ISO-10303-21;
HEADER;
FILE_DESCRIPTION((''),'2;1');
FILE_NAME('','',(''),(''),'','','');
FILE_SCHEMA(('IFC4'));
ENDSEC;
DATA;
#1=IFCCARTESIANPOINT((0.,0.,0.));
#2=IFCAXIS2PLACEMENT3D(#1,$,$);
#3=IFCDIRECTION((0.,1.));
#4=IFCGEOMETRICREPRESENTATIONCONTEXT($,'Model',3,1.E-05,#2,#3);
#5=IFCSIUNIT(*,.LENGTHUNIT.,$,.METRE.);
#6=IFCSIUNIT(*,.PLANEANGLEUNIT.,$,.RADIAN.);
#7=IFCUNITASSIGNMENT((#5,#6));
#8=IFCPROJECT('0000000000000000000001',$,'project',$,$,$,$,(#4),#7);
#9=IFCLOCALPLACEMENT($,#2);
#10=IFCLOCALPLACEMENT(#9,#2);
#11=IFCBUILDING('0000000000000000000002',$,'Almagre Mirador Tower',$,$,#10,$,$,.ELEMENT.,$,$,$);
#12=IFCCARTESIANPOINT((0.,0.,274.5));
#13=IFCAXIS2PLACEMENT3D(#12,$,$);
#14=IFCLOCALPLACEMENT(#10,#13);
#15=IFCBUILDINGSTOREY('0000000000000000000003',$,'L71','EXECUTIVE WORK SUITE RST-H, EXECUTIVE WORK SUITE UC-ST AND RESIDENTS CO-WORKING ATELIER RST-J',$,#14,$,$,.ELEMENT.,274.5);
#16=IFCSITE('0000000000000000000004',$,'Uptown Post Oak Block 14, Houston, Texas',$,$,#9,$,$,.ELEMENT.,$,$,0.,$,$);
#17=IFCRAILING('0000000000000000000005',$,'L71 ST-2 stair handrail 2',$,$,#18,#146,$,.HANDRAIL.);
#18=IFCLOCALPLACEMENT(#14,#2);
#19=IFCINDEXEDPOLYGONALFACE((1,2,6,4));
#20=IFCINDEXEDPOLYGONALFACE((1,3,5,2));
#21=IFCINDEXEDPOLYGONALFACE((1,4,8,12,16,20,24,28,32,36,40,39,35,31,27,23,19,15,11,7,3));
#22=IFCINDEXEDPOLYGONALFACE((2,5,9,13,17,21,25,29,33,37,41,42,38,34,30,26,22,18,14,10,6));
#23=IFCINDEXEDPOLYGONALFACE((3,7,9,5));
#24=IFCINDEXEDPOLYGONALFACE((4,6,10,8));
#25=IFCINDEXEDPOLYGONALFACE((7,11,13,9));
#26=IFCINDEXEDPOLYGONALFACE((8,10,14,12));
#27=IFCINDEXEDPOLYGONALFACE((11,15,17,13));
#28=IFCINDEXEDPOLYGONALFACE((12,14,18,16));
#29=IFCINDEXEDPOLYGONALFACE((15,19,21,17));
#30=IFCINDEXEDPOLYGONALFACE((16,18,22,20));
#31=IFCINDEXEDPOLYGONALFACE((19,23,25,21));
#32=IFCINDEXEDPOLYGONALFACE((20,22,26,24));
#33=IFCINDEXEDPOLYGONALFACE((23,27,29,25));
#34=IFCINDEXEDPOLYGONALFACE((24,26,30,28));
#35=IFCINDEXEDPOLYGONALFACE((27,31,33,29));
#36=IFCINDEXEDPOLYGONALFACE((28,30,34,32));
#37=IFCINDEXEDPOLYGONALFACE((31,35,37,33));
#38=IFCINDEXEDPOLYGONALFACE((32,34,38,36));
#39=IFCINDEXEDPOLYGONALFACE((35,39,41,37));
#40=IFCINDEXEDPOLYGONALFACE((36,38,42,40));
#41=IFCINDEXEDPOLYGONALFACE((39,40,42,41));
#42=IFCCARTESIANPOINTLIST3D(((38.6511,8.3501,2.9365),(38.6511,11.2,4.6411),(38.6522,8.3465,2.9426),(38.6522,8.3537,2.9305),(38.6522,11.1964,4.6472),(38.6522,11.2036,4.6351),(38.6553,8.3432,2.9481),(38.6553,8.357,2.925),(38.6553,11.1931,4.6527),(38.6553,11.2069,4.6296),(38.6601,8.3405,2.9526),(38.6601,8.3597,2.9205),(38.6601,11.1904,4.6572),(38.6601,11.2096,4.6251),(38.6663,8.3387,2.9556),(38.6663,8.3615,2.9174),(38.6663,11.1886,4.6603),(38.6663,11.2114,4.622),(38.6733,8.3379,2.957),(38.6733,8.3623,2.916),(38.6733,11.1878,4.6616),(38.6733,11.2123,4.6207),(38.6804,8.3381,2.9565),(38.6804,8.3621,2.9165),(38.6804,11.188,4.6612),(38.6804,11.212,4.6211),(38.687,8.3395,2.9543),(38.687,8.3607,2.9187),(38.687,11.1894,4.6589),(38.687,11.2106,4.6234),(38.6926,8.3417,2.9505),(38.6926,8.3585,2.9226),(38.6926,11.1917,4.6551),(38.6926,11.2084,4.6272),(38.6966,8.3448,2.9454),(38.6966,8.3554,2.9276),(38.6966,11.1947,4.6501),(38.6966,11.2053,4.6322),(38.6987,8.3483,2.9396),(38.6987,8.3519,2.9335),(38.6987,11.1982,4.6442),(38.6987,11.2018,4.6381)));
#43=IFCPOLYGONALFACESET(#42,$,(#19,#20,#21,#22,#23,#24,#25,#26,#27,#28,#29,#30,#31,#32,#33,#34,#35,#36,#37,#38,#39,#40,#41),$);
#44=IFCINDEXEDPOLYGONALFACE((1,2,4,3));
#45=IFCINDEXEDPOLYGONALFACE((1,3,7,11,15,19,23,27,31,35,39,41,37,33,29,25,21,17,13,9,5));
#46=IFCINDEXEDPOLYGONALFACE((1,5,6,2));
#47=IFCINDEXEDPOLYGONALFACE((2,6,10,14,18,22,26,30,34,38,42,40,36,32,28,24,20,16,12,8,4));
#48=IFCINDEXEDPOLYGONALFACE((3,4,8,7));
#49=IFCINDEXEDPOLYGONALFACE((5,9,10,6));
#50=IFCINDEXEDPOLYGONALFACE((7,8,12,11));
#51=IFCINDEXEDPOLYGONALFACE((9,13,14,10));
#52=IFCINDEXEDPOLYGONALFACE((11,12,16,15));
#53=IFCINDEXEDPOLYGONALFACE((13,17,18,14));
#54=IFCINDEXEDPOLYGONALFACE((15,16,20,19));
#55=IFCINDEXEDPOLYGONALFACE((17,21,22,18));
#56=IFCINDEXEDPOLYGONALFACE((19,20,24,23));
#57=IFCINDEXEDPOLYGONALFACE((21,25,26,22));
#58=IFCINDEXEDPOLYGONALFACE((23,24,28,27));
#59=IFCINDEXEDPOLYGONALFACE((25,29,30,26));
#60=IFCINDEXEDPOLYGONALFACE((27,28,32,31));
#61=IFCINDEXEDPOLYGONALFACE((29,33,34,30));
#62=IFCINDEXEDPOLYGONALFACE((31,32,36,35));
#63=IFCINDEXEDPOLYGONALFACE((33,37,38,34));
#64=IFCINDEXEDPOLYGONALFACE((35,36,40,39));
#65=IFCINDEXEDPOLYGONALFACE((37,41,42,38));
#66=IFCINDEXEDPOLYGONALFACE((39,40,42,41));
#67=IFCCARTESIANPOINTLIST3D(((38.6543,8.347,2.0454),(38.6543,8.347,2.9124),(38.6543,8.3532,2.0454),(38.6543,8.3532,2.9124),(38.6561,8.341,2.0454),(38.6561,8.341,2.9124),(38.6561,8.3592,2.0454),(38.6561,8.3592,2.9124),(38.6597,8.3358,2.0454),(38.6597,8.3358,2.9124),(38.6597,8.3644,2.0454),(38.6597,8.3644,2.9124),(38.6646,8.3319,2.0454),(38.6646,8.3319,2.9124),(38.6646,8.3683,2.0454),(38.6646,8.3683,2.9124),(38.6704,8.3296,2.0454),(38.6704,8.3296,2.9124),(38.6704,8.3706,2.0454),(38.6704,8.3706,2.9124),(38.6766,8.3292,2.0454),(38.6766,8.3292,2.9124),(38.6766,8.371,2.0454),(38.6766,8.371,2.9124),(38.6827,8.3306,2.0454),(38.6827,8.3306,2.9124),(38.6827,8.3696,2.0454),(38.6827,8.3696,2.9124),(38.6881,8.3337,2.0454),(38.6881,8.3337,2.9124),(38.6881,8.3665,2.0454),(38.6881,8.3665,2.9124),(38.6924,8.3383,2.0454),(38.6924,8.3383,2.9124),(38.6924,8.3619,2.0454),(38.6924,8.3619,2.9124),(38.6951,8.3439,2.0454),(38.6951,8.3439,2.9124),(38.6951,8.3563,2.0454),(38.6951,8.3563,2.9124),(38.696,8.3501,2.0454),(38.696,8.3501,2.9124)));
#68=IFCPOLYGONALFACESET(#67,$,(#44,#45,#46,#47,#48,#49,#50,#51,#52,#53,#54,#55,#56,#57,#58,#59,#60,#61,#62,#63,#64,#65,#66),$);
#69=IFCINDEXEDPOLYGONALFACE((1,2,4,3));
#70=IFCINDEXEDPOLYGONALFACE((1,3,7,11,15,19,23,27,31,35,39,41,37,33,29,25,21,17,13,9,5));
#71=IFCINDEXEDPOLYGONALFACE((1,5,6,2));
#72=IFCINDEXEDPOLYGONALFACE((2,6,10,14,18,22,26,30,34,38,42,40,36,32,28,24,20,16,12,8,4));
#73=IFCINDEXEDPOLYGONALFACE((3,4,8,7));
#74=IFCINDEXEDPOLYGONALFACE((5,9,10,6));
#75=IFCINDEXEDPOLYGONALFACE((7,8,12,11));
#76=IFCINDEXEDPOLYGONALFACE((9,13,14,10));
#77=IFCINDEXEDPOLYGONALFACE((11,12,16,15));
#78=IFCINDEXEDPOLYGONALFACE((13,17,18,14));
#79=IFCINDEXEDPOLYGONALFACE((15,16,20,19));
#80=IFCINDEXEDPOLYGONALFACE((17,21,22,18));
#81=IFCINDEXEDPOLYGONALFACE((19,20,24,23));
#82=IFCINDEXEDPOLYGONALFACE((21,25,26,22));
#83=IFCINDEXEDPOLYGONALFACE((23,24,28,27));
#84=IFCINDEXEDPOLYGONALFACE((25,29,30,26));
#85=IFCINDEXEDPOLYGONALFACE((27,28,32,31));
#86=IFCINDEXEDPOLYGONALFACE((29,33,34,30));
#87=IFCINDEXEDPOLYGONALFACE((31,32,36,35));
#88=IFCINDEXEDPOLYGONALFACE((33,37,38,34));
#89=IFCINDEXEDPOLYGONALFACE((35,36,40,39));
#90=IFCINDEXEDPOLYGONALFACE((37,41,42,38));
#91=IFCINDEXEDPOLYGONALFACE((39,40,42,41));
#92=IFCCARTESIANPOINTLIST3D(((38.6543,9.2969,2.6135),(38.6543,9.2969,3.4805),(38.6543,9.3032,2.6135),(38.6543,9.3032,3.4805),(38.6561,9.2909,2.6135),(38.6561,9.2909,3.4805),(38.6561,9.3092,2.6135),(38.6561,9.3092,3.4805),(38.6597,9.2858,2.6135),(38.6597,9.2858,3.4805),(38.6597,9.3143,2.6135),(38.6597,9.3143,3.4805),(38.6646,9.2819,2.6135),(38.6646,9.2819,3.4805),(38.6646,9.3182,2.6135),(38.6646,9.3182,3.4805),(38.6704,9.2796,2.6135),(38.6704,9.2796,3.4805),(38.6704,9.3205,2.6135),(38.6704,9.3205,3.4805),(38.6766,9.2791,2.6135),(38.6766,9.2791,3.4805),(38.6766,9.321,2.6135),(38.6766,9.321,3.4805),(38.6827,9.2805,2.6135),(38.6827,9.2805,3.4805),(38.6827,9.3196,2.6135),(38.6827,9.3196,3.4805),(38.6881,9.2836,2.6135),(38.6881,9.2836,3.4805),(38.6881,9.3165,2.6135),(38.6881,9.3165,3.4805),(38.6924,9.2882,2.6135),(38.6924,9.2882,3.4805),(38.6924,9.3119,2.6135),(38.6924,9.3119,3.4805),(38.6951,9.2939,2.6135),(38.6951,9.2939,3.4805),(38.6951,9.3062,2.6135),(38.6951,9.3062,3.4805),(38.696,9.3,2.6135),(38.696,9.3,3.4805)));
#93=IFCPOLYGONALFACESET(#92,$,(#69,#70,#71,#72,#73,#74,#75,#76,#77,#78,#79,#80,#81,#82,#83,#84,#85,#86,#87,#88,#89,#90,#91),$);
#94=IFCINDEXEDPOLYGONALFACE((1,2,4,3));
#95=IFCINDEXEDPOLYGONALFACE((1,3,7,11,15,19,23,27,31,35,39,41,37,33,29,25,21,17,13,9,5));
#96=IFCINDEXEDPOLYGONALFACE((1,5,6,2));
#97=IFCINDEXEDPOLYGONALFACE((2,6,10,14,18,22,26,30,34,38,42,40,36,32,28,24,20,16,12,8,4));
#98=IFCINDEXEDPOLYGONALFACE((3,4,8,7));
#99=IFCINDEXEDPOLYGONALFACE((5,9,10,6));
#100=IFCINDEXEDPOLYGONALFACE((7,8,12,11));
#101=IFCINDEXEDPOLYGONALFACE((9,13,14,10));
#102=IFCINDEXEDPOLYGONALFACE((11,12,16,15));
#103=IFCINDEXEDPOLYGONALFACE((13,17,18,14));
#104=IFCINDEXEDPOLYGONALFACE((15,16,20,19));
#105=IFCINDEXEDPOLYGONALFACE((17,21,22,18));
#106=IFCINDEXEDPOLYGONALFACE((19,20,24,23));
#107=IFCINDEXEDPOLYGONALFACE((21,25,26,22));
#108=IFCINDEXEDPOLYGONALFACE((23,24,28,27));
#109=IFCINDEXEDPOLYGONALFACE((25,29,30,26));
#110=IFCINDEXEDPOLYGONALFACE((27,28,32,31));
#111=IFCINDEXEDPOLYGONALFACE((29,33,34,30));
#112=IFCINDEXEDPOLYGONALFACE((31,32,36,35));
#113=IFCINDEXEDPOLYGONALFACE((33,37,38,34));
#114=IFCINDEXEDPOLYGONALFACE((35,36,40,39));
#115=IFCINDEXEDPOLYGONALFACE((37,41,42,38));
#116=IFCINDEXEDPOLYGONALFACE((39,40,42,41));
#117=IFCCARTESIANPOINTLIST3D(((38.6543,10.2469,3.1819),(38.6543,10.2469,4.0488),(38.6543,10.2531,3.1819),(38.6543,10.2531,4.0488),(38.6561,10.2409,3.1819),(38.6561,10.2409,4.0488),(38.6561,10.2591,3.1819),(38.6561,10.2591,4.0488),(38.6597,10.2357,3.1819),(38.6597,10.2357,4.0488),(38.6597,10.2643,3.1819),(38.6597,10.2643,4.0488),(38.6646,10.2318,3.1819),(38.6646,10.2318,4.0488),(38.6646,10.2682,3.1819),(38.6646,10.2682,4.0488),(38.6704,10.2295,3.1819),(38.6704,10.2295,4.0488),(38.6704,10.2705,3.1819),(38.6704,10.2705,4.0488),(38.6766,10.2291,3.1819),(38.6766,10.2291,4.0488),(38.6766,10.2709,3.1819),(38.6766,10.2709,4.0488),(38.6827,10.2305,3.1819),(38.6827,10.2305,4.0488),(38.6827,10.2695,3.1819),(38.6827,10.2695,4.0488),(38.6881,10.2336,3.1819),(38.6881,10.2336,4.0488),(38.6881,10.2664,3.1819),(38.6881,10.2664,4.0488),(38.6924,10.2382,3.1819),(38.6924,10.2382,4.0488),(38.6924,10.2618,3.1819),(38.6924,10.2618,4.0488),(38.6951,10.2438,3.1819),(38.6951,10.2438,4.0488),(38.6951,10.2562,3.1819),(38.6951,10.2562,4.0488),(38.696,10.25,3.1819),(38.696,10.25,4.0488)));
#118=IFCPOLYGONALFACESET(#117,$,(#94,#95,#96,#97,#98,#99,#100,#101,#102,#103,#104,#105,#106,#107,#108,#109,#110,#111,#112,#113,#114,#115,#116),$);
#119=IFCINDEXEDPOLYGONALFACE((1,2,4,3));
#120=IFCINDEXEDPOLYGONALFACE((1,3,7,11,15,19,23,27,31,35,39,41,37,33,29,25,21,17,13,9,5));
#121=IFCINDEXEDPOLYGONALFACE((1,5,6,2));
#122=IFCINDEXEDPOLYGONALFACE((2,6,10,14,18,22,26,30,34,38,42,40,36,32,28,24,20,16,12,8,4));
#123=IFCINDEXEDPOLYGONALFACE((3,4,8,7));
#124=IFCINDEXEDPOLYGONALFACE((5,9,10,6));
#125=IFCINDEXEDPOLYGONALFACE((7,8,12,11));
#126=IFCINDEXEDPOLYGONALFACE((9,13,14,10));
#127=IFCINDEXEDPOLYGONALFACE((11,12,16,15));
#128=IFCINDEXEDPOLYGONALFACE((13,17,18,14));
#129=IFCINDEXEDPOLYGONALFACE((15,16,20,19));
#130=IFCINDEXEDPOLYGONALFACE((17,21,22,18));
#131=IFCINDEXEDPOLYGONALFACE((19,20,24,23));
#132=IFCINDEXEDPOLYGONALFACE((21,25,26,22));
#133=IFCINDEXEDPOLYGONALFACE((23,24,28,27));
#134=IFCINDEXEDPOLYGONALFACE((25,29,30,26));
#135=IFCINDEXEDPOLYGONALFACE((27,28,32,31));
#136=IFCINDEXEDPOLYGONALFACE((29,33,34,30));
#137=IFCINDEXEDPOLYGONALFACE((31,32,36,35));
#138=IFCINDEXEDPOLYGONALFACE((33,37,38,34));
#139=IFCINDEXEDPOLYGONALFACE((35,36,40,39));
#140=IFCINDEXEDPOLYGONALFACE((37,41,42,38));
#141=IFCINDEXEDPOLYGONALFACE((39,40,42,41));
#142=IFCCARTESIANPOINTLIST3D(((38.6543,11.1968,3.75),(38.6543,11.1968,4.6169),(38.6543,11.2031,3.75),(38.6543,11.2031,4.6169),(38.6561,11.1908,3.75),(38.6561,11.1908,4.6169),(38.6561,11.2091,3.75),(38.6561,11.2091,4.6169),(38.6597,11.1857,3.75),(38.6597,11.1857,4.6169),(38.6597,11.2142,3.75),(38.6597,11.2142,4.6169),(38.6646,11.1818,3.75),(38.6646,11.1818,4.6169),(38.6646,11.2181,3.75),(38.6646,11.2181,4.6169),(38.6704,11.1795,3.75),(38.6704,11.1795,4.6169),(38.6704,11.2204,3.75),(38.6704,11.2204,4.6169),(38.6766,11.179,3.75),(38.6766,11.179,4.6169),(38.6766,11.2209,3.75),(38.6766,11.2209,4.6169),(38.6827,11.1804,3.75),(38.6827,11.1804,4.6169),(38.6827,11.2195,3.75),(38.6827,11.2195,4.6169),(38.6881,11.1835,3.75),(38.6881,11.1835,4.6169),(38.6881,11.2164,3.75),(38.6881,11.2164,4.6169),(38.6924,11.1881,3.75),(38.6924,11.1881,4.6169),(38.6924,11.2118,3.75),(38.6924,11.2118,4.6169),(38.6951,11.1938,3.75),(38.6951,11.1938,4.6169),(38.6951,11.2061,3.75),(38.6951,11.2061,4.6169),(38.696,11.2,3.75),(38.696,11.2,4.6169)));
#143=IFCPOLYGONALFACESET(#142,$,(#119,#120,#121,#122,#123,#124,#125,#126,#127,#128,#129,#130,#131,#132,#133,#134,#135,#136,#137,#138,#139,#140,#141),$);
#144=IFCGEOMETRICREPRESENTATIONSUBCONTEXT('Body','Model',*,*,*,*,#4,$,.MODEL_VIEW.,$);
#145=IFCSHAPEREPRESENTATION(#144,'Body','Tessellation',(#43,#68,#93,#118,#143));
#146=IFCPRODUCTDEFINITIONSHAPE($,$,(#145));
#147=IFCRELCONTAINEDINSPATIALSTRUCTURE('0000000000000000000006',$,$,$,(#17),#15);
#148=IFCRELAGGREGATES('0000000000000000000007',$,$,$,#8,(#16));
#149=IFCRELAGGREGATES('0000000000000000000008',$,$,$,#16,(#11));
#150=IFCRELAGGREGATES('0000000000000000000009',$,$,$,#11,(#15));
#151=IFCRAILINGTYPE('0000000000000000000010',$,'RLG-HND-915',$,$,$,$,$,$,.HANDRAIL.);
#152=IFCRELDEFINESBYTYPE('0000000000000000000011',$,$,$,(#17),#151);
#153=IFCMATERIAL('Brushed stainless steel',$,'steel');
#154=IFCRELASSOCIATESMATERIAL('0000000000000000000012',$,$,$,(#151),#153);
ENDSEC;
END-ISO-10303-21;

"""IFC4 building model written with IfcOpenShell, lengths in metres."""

from ifc_helpers import new_model, si_unit, direction, frame, origin, origin_2d, place, context, subcontext, project, spatial, circle, extrude, material, type_object, element, save


model = new_model("IFC4")

# Units and contexts
model_context = context("Model", 3, precision=1e-05, world=origin(), true_north=direction((0.0, 1.0)))
body_context = subcontext(model_context, "Body", "Model", "MODEL_VIEW")
ifc_project = project(units=[si_unit("LENGTHUNIT", "METRE"), si_unit("PLANEANGLEUNIT", "RADIAN")], contexts=[model_context])

# Site, building, storey
site_placement = place(None, origin())
site = spatial("IfcSite", under=ifc_project, at=site_placement, Name="Uptown Post Oak Block 14, Houston, Texas", CompositionType="ELEMENT", RefElevation=0.0)
building_placement = place(site_placement, origin())
building = spatial("IfcBuilding", under=site, at=building_placement, Name="Almagre Mirador Tower", CompositionType="ELEMENT")
storey_placement = place(building_placement, frame((0.0, 0.0, 274.5)))
storey = spatial("IfcBuildingStorey", under=building, at=storey_placement, Name="L71", Description="EXECUTIVE WORK SUITE RST-H, EXECUTIVE WORK SUITE UC-ST AND RESIDENTS CO-WORKING ATELIER RST-J", CompositionType="ELEMENT", Elevation=274.5)

# Railing
ifc_material_1 = material(Name="Brushed stainless steel", Category="steel")
railing_type_1 = type_object("IfcRailingType", Name="RLG-HND-915", PredefinedType="HANDRAIL", material=ifc_material_1)
railing_1_placement = place(storey_placement, frame((38.675, 8.3501, 2.0454)))
element("IfcRailing", 1, at=railing_1_placement, inside=storey, type_object=railing_type_1, Name="L71 ST-2 stair handrail 2", PredefinedType="HANDRAIL", context=body_context, shape_type="SweptSolid", body=[
    extrude(circle(Radius=0.0239, at=origin_2d()), frame((0.0, 0.0, 0.8911), z_axis=(0.0, 0.858199, 0.513317), x_axis=(-1.0, 0.0, 0.0)), (0.0, 0.0, 1.0), 3.3208),
    extrude(circle(Radius=0.021, at=origin_2d()), origin(), (0.0, 0.0, 1.0), 0.8669),
    extrude(circle(Radius=0.021, at=origin_2d()), frame((0.0, 0.95, 0.5681)), (0.0, 0.0, 1.0), 0.8669),
    extrude(circle(Radius=0.021, at=origin_2d()), frame((0.0, 1.8999, 1.1365)), (0.0, 0.0, 1.0), 0.8669),
    extrude(circle(Radius=0.021, at=origin_2d()), frame((0.0, 2.8499, 1.7046)), (0.0, 0.0, 1.0), 0.8669),
])

save(model, "model.ifc")
